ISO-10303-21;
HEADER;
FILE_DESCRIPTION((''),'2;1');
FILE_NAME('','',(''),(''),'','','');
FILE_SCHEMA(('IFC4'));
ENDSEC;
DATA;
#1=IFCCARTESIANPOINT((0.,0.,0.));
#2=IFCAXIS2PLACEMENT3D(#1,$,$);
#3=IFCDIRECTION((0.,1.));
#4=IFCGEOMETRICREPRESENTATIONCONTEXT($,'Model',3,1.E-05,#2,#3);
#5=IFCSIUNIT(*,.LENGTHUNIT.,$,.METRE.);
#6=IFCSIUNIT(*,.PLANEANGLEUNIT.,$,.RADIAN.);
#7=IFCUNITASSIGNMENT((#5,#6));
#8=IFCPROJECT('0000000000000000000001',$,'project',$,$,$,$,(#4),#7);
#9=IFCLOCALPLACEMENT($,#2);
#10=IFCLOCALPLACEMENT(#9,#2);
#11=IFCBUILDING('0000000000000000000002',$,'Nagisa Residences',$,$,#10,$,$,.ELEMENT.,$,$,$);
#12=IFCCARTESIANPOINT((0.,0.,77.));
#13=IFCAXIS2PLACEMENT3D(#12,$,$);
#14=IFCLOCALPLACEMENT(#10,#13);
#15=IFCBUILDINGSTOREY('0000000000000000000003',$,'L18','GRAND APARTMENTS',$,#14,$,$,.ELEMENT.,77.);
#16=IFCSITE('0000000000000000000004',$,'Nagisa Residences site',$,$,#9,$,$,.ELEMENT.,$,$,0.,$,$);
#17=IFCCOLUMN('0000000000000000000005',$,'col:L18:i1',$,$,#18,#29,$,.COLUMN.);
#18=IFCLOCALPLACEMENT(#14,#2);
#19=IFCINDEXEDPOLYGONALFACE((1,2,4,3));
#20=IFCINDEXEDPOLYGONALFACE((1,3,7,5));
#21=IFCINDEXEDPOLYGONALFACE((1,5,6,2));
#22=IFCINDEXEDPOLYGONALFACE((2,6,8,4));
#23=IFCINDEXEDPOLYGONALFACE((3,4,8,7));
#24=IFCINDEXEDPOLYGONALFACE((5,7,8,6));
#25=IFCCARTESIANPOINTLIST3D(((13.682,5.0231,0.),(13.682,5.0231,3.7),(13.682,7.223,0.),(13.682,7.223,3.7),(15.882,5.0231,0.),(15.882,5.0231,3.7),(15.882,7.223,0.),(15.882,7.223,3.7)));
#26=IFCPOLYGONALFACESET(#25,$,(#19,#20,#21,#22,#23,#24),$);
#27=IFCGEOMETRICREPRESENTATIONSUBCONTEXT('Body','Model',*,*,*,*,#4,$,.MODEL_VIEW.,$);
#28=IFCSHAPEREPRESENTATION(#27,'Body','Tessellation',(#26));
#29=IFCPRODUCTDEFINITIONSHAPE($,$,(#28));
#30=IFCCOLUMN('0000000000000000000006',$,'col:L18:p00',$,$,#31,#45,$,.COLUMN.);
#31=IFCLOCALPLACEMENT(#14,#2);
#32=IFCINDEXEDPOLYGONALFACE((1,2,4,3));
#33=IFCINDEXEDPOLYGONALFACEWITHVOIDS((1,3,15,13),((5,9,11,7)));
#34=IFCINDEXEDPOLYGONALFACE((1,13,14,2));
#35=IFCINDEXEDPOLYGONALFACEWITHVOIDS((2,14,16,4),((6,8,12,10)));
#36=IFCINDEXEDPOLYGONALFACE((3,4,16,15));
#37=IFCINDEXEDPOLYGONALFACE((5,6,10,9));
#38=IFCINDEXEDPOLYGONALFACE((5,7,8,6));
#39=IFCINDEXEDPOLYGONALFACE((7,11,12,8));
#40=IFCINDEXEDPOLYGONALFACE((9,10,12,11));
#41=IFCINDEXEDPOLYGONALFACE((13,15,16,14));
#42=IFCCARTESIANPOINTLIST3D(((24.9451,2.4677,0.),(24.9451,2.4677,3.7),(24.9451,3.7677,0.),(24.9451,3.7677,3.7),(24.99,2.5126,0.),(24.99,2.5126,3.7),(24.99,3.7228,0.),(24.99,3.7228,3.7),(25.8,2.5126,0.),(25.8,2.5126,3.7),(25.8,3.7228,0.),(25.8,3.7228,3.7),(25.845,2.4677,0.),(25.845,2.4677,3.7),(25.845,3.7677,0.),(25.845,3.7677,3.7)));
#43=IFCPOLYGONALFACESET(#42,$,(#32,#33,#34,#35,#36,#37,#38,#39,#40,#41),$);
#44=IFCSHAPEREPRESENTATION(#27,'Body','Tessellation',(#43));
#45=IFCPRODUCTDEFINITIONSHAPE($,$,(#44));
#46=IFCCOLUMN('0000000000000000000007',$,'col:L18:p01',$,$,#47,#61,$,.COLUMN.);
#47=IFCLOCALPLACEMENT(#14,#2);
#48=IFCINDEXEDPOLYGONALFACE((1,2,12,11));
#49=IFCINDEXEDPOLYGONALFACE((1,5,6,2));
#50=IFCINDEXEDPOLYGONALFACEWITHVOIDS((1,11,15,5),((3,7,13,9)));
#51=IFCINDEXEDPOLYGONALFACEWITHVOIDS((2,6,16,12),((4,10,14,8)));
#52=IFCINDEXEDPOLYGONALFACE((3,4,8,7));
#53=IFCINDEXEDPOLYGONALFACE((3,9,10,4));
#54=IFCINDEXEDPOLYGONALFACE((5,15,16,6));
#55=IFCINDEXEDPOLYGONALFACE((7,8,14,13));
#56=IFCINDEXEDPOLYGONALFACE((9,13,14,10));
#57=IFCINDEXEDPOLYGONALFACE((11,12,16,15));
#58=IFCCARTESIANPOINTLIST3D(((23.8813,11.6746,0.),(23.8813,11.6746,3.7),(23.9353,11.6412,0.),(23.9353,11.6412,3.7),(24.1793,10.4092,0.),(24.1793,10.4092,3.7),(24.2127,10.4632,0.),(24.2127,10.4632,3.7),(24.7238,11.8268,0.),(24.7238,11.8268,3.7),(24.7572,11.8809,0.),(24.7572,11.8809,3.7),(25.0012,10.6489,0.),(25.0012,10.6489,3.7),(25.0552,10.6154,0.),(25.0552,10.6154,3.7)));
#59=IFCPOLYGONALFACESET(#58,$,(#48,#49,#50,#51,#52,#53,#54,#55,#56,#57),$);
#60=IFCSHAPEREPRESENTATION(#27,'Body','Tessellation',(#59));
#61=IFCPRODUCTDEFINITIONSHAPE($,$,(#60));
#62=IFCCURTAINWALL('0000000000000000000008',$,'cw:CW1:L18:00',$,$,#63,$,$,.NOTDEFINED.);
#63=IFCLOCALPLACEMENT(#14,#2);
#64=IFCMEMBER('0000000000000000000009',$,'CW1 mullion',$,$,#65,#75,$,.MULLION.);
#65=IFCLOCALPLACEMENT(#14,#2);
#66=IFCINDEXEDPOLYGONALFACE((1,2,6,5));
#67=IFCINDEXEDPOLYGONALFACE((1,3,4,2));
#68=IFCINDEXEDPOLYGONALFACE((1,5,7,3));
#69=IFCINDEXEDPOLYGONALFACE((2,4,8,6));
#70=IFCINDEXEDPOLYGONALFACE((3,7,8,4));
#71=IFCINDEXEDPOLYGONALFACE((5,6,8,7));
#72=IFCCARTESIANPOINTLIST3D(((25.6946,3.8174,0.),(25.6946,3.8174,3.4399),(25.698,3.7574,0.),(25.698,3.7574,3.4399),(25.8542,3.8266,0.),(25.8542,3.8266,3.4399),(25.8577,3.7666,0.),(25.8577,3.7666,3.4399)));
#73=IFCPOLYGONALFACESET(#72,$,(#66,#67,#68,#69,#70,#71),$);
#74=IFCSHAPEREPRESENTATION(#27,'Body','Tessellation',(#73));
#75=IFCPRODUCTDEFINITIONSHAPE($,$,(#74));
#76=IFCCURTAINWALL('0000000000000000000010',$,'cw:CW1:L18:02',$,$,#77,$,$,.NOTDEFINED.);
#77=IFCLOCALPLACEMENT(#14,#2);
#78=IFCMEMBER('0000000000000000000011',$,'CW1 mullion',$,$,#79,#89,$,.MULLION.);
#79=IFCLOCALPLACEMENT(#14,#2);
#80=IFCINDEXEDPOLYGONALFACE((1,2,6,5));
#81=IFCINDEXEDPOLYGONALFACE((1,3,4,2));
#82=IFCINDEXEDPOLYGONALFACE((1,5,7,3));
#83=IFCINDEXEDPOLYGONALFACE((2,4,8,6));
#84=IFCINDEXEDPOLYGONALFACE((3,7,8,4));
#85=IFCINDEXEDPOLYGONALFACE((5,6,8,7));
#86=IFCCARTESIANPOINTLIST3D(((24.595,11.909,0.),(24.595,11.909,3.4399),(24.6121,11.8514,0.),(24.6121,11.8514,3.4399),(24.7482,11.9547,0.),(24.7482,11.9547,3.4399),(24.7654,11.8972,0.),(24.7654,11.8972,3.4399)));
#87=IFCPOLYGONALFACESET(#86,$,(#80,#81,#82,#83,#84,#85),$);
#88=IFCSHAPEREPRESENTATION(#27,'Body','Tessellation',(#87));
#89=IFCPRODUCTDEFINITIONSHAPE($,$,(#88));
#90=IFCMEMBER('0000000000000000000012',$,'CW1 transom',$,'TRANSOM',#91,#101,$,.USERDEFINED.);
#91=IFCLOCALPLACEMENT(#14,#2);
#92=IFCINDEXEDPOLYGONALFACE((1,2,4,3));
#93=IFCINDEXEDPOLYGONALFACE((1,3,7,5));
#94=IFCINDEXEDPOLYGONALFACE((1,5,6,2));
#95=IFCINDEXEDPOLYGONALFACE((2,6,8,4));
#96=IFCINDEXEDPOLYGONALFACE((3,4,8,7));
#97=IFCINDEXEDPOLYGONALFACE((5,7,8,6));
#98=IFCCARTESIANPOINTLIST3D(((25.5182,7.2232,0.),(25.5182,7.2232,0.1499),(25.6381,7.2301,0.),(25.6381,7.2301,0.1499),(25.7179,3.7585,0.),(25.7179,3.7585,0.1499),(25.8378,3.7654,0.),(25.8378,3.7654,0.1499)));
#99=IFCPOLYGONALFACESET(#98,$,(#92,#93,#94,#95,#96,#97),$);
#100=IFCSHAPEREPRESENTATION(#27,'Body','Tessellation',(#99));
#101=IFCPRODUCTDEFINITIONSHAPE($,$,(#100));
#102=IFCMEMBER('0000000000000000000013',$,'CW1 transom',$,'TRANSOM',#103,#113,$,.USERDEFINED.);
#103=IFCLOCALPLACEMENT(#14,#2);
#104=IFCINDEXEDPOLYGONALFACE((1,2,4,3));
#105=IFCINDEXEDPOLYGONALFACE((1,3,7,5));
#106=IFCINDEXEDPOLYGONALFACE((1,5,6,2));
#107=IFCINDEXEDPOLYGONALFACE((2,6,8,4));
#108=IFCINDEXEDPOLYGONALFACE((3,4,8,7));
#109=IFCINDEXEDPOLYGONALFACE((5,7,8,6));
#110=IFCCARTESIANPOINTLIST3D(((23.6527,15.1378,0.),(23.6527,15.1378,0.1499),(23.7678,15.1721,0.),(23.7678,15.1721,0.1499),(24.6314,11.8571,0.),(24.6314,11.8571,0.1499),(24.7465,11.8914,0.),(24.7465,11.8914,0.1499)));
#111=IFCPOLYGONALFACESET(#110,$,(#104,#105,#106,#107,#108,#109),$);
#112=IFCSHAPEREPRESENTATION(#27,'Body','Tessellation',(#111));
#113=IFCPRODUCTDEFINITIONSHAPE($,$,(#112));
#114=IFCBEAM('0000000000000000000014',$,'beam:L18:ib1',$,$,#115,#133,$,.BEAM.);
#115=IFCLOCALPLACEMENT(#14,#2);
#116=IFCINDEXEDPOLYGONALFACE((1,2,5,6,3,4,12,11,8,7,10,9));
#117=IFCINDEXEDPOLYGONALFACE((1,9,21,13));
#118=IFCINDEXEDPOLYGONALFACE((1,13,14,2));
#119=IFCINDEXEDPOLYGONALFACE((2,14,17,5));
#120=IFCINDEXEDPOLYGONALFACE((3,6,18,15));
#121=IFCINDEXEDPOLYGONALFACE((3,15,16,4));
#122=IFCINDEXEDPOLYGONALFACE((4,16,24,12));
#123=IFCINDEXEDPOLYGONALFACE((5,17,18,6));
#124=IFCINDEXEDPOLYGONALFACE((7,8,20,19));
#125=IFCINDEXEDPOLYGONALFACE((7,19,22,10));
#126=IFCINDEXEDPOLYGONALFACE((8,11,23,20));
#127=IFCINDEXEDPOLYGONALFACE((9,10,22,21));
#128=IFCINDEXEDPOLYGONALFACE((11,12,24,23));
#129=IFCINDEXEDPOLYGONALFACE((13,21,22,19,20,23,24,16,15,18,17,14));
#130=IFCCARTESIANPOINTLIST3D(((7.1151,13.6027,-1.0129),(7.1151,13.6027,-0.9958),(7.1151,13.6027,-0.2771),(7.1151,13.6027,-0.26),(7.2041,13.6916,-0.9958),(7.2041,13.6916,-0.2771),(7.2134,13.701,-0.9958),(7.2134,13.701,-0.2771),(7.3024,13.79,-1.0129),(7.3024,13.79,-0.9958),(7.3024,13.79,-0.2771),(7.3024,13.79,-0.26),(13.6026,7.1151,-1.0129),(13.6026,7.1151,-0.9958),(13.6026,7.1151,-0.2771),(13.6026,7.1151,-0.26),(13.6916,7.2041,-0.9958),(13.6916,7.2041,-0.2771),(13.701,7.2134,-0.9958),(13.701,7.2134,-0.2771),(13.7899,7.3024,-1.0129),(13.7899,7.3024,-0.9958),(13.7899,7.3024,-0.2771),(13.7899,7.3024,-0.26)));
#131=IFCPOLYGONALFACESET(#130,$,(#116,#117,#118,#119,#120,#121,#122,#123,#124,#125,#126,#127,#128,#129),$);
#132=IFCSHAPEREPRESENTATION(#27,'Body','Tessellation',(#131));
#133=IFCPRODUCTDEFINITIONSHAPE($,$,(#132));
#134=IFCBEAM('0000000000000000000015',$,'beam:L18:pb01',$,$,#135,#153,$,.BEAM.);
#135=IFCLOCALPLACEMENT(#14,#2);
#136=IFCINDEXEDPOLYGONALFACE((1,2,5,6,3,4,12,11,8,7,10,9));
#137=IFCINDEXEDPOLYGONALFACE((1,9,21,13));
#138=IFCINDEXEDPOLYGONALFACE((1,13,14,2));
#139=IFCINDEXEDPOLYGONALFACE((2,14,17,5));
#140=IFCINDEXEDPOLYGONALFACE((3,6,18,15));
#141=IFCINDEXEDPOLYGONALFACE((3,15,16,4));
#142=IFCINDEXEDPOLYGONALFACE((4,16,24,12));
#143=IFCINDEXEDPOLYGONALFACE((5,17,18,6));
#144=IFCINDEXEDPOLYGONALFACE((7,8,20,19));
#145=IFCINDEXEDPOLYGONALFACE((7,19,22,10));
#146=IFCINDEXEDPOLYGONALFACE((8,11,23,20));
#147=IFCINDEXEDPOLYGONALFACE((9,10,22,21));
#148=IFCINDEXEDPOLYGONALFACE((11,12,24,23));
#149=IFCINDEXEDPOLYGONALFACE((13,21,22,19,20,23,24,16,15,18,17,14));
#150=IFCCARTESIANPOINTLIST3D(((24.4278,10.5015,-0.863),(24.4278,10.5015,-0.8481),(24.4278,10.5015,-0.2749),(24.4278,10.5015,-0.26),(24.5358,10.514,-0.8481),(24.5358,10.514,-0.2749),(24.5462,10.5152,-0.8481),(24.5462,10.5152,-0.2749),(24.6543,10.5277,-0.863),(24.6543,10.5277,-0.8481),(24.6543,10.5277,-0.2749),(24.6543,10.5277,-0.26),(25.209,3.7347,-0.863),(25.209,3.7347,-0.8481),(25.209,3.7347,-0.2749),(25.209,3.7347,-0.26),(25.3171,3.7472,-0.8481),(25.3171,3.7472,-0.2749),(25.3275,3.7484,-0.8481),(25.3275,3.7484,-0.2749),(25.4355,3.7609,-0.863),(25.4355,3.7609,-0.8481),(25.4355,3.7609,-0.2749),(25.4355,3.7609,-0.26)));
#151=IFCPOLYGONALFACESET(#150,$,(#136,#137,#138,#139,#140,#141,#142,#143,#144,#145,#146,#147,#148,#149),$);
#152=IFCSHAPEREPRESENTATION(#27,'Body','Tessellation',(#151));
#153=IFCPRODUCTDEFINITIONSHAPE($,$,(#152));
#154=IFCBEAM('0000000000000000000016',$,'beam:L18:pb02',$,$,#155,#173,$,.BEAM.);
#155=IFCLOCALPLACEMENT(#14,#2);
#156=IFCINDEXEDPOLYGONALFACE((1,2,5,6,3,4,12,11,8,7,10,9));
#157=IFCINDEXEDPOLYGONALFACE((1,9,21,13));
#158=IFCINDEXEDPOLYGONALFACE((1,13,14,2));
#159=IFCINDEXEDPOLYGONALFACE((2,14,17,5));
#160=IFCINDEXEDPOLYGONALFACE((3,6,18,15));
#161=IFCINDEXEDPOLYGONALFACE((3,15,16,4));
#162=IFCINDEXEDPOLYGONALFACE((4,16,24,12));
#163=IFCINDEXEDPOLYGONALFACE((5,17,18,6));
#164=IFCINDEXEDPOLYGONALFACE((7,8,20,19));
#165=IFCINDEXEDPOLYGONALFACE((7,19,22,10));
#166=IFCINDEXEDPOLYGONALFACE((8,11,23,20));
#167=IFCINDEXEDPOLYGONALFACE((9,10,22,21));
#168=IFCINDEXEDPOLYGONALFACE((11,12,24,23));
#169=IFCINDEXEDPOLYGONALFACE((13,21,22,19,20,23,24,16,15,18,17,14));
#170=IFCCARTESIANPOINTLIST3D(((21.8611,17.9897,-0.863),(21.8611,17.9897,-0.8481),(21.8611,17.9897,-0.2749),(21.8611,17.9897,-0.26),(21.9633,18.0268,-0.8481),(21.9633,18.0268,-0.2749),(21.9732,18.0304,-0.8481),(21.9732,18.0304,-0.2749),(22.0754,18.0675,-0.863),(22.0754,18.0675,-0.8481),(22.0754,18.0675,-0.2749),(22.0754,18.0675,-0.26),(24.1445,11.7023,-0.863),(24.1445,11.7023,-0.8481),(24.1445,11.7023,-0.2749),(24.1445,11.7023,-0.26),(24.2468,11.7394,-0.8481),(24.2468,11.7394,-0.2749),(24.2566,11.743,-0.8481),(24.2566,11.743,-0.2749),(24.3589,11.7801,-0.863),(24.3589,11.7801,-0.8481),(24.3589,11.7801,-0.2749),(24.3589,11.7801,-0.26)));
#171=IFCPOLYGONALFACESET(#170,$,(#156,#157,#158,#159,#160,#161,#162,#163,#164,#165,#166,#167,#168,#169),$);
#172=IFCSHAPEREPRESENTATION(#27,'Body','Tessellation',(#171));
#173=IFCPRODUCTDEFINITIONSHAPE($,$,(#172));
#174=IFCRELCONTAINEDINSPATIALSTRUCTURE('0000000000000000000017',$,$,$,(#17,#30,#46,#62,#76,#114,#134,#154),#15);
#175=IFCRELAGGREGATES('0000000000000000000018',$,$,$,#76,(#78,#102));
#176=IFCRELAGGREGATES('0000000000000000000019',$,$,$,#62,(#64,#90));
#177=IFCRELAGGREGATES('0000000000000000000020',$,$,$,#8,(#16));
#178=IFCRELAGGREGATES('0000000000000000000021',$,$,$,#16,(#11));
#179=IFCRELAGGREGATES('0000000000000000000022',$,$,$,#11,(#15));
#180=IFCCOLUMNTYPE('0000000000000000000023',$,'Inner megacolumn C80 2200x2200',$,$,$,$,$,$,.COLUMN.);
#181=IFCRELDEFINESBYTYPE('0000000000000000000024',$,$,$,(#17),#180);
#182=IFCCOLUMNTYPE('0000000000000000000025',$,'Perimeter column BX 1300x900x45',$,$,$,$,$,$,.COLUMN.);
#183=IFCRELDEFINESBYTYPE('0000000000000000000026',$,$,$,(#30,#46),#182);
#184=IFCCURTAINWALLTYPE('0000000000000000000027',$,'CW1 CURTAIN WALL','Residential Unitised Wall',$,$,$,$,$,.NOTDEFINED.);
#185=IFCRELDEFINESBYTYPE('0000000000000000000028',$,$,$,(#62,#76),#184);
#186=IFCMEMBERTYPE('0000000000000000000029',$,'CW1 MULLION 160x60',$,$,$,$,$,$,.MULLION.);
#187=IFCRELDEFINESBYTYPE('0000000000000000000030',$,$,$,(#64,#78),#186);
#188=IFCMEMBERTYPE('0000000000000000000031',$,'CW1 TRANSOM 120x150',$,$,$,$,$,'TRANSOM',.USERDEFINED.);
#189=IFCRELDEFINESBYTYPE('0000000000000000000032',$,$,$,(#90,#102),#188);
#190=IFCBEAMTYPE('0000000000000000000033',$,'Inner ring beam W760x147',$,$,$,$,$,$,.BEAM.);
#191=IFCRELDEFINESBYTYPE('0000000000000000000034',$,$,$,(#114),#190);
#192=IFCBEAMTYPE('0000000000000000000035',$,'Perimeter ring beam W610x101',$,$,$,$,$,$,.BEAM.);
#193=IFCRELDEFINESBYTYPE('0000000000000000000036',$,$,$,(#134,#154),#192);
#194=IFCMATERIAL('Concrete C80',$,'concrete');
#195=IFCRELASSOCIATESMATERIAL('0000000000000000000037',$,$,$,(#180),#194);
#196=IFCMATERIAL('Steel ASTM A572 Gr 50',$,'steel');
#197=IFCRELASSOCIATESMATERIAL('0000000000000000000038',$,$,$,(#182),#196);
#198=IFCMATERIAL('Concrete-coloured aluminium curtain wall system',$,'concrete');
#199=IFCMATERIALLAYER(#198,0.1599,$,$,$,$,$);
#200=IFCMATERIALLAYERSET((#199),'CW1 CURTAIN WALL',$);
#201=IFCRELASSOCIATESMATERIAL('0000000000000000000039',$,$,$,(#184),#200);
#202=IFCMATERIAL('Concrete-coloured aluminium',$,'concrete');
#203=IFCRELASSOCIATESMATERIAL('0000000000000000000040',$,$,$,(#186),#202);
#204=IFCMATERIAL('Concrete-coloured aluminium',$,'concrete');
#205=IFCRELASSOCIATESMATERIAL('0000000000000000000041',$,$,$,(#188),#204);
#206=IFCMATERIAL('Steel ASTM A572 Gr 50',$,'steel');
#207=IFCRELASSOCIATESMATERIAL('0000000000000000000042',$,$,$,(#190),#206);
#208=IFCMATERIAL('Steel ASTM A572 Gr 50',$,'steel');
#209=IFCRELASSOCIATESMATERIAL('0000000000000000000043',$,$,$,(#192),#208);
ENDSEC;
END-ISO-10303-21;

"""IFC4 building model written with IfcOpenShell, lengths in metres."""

from ifc_helpers import new_model, si_unit, direction, frame, origin, origin_2d, place, context, subcontext, project, spatial, rectangle, hollow_rectangle, i_section, extrude, material, layer, layer_set, material_profile, profile_set, type_object, element, aggregate, save


model = new_model("IFC4")

# Units and contexts
model_context = context("Model", 3, precision=1e-05, world=origin(), true_north=direction((0.0, 1.0)))
body_context = subcontext(model_context, "Body", "Model", "MODEL_VIEW")
ifc_project = project(units=[si_unit("LENGTHUNIT", "METRE"), si_unit("PLANEANGLEUNIT", "RADIAN")], contexts=[model_context])

# Site, building, storey
site_placement = place(None, origin())
site = spatial("IfcSite", under=ifc_project, at=site_placement, Name="Nagisa Residences site", CompositionType="ELEMENT", RefElevation=0.0)
building_placement = place(site_placement, origin())
building = spatial("IfcBuilding", under=site, at=building_placement, Name="Nagisa Residences", CompositionType="ELEMENT")
storey_placement = place(building_placement, frame((0.0, 0.0, 77.0)))
storey = spatial("IfcBuildingStorey", under=building, at=storey_placement, Name="L18", Description="GRAND APARTMENTS", CompositionType="ELEMENT", Elevation=77.0)

# Columns
ifc_material_1 = material(Name="Concrete C80", Category="concrete")
ifc_material_profile_1 = material_profile(ifc_material_1, rectangle(XDim=2.2, YDim=2.2, at=origin_2d()), Name="C80 2200x2200")
ifc_profile_set_1 = profile_set([ifc_material_profile_1], Name="Concrete C80")
column_type_1 = type_object("IfcColumnType", Name="Inner megacolumn C80 2200x2200", PredefinedType="COLUMN", material=ifc_profile_set_1)
column_placement = place(storey_placement, frame((14.782, 6.123, 0.0), z_axis=(0.0, 0.0, 1.0), x_axis=(1.0, 0.0, 0.0)))
element("IfcColumn", 1, at=column_placement, inside=storey, type_object=column_type_1, Name="col:L18:i1", PredefinedType="COLUMN", context=body_context, shape_type="SweptSolid", body=[
    extrude(rectangle(XDim=2.2, YDim=2.2, at=origin_2d()), origin(), (0.0, 0.0, 1.0), 3.7),
])
ifc_material_2 = material(Name="Steel ASTM A572 Gr 50", Category="steel")
ifc_material_profile_2 = material_profile(ifc_material_2, hollow_rectangle(XDim=1.3, YDim=0.8999, WallThickness=0.0449, at=origin_2d()), Name="BX 1300x900x45")
ifc_profile_set_2 = profile_set([ifc_material_profile_2], Name="Steel ASTM A572 Gr 50")
column_type_2 = type_object("IfcColumnType", Name="Perimeter column BX 1300x900x45", PredefinedType="COLUMN", material=ifc_profile_set_2)
for number, where, z_axis, x_axis, name in (
    (2, (25.395, 3.1177, 0.0), (0.0, 0.0, 1.0), (0.0, 1.0, 0.0), "col:L18:p00"),
    (3, (24.4683, 11.145, 0.0), (0.0, 0.0, 1.0), (-0.229202, 0.973379, 0.0), "col:L18:p01"),
):
    element("IfcColumn", number, at=place(storey_placement, frame(where, z_axis=z_axis, x_axis=x_axis)), inside=storey, type_object=column_type_2, Name=name, PredefinedType="COLUMN", context=body_context, shape_type="SweptSolid", body=[
        extrude(hollow_rectangle(XDim=1.3, YDim=0.8999, WallThickness=0.0449, at=origin_2d()), origin(), (0.0, 0.0, 1.0), 3.7),
    ])

# Curtain walls, members
ifc_material_3 = material(Name="Concrete-coloured aluminium curtain wall system", Category="concrete")
ifc_layer_1 = layer(ifc_material_3, 0.1599)
ifc_layer_set_1 = layer_set([ifc_layer_1], Name="CW1 CURTAIN WALL")
curtain_wall_type = type_object("IfcCurtainWallType", Name="CW1 CURTAIN WALL", Description="Residential Unitised Wall", PredefinedType="NOTDEFINED", material=ifc_layer_set_1)
curtain_wall_1_placement = place(storey_placement, origin())
curtain_wall_1 = element("IfcCurtainWall", 4, at=curtain_wall_1_placement, inside=storey, type_object=curtain_wall_type, Name="cw:CW1:L18:00", PredefinedType="NOTDEFINED")
ifc_material_4 = material(Name="Concrete-coloured aluminium", Category="concrete")
ifc_material_profile_3 = material_profile(ifc_material_4, rectangle(XDim=0.1599, YDim=0.0601, at=origin_2d()), Name="CW1 MULLION 160x60")
ifc_profile_set_3 = profile_set([ifc_material_profile_3], Name="Concrete-coloured aluminium")
member_type_1 = type_object("IfcMemberType", Name="CW1 MULLION 160x60", PredefinedType="MULLION", material=ifc_profile_set_3)
member_1_placement = place(storey_placement, frame((25.7761, 3.792, 0.0), z_axis=(0.0, 0.0, 1.0), x_axis=(-0.998345, -0.057503, 0.0)))
member_1 = element("IfcMember", 5, at=member_1_placement, type_object=member_type_1, Name="CW1 mullion", PredefinedType="MULLION", context=body_context, shape_type="SweptSolid", body=[
    extrude(rectangle(XDim=0.1599, YDim=0.0601, at=origin_2d()), origin(), (0.0, 0.0, 1.0), 3.4399),
])
curtain_wall_2_placement = place(storey_placement, origin())
curtain_wall_2 = element("IfcCurtainWall", 6, at=curtain_wall_2_placement, inside=storey, type_object=curtain_wall_type, Name="cw:CW1:L18:02", PredefinedType="NOTDEFINED")
member_2_placement = place(storey_placement, frame((24.6802, 11.9031, 0.0), z_axis=(0.0, 0.0, 1.0), x_axis=(-0.958271, -0.28586, 0.0)))
member_2 = element("IfcMember", 7, at=member_2_placement, type_object=member_type_1, Name="CW1 mullion", PredefinedType="MULLION", context=body_context, shape_type="SweptSolid", body=[
    extrude(rectangle(XDim=0.1599, YDim=0.0601, at=origin_2d()), origin(), (0.0, 0.0, 1.0), 3.4399),
])

# Members
ifc_material_5 = material(Name="Concrete-coloured aluminium", Category="concrete")
ifc_material_profile_4 = material_profile(ifc_material_5, rectangle(XDim=0.1201, YDim=0.1499, at=origin_2d()), Name="CW1 TRANSOM 120x150")
ifc_profile_set_4 = profile_set([ifc_material_profile_4], Name="Concrete-coloured aluminium")
member_type_2 = type_object("IfcMemberType", Name="CW1 TRANSOM 120x150", ElementType="TRANSOM", PredefinedType="USERDEFINED", material=ifc_profile_set_4)
member_3_placement = place(storey_placement, frame((25.7778, 3.762, 0.075), z_axis=(-0.057547, 0.998343, 0.0), x_axis=(-0.998343, -0.057547, 0.0)))
member_3 = element("IfcMember", 8, at=member_3_placement, type_object=member_type_2, Name="CW1 transom", ObjectType="TRANSOM", PredefinedType="USERDEFINED", context=body_context, shape_type="SweptSolid", body=[
    extrude(rectangle(XDim=0.1201, YDim=0.1499, at=origin_2d()), origin(), (0.0, 0.0, 1.0), 3.4705),
])
member_4_placement = place(storey_placement, frame((24.689, 11.8743, 0.075), z_axis=(-0.285882, 0.958265, 0.0), x_axis=(-0.958265, -0.285882, 0.0)))
member_4 = element("IfcMember", 9, at=member_4_placement, type_object=member_type_2, Name="CW1 transom", ObjectType="TRANSOM", PredefinedType="USERDEFINED", context=body_context, shape_type="SweptSolid", body=[
    extrude(rectangle(XDim=0.1201, YDim=0.1499, at=origin_2d()), origin(), (0.0, 0.0, 1.0), 3.4236),
])
aggregate(curtain_wall_2, [member_2, member_4])

# Beams
ifc_material_6 = material(Name="Steel ASTM A572 Gr 50", Category="steel")
ifc_material_profile_5 = material_profile(ifc_material_6, i_section(OverallWidth=0.2649, OverallDepth=0.7529, WebThickness=0.0132, FlangeThickness=0.0171, at=origin_2d()), Name="W760x147")
ifc_profile_set_5 = profile_set([ifc_material_profile_5], Name="Steel ASTM A572 Gr 50")
beam_type_1 = type_object("IfcBeamType", Name="Inner ring beam W760x147", PredefinedType="BEAM", material=ifc_profile_set_5)
beam_1_placement = place(storey_placement, frame((13.6963, 7.2087, -0.6365), z_axis=(-0.707107, 0.707107, 0.0), x_axis=(-0.707107, -0.707107, 0.0)))
element("IfcBeam", 10, at=beam_1_placement, inside=storey, type_object=beam_type_1, Name="beam:L18:ib1", PredefinedType="BEAM", context=body_context, shape_type="SweptSolid", body=[
    extrude(i_section(OverallWidth=0.2649, OverallDepth=0.7529, WebThickness=0.0132, FlangeThickness=0.0171, at=origin_2d()), origin(), (0.0, 0.0, 1.0), 9.1748),
])
ifc_material_7 = material(Name="Steel ASTM A572 Gr 50", Category="steel")
ifc_material_profile_6 = material_profile(ifc_material_7, i_section(OverallWidth=0.228, OverallDepth=0.603, WebThickness=0.0105, FlangeThickness=0.0149, at=origin_2d()), Name="W610x101")
ifc_profile_set_6 = profile_set([ifc_material_profile_6], Name="Steel ASTM A572 Gr 50")
beam_type_2 = type_object("IfcBeamType", Name="Perimeter ring beam W610x101", PredefinedType="BEAM", material=ifc_profile_set_6)
beam_2_placement = place(storey_placement, frame((25.3223, 3.7478, -0.5615), z_axis=(-0.114691, 0.993401, 0.0), x_axis=(-0.993401, -0.114691, 0.0)))
element("IfcBeam", 11, at=beam_2_placement, inside=storey, type_object=beam_type_2, Name="beam:L18:pb01", PredefinedType="BEAM", context=body_context, shape_type="SweptSolid", body=[
    extrude(i_section(OverallWidth=0.228, OverallDepth=0.603, WebThickness=0.0105, FlangeThickness=0.0149, at=origin_2d()), origin(), (0.0, 0.0, 1.0), 6.8118),
])
beam_3_placement = place(storey_placement, frame((24.2517, 11.7412, -0.5615), z_axis=(-0.341365, 0.939931, 0.0), x_axis=(-0.939931, -0.341365, 0.0)))
element("IfcBeam", 12, at=beam_3_placement, inside=storey, type_object=beam_type_2, Name="beam:L18:pb02", PredefinedType="BEAM", context=body_context, shape_type="SweptSolid", body=[
    extrude(i_section(OverallWidth=0.228, OverallDepth=0.603, WebThickness=0.0105, FlangeThickness=0.0149, at=origin_2d()), origin(), (0.0, 0.0, 1.0), 6.6892),
])

aggregate(curtain_wall_1, [member_1, member_3])

save(model, "model.ifc")
